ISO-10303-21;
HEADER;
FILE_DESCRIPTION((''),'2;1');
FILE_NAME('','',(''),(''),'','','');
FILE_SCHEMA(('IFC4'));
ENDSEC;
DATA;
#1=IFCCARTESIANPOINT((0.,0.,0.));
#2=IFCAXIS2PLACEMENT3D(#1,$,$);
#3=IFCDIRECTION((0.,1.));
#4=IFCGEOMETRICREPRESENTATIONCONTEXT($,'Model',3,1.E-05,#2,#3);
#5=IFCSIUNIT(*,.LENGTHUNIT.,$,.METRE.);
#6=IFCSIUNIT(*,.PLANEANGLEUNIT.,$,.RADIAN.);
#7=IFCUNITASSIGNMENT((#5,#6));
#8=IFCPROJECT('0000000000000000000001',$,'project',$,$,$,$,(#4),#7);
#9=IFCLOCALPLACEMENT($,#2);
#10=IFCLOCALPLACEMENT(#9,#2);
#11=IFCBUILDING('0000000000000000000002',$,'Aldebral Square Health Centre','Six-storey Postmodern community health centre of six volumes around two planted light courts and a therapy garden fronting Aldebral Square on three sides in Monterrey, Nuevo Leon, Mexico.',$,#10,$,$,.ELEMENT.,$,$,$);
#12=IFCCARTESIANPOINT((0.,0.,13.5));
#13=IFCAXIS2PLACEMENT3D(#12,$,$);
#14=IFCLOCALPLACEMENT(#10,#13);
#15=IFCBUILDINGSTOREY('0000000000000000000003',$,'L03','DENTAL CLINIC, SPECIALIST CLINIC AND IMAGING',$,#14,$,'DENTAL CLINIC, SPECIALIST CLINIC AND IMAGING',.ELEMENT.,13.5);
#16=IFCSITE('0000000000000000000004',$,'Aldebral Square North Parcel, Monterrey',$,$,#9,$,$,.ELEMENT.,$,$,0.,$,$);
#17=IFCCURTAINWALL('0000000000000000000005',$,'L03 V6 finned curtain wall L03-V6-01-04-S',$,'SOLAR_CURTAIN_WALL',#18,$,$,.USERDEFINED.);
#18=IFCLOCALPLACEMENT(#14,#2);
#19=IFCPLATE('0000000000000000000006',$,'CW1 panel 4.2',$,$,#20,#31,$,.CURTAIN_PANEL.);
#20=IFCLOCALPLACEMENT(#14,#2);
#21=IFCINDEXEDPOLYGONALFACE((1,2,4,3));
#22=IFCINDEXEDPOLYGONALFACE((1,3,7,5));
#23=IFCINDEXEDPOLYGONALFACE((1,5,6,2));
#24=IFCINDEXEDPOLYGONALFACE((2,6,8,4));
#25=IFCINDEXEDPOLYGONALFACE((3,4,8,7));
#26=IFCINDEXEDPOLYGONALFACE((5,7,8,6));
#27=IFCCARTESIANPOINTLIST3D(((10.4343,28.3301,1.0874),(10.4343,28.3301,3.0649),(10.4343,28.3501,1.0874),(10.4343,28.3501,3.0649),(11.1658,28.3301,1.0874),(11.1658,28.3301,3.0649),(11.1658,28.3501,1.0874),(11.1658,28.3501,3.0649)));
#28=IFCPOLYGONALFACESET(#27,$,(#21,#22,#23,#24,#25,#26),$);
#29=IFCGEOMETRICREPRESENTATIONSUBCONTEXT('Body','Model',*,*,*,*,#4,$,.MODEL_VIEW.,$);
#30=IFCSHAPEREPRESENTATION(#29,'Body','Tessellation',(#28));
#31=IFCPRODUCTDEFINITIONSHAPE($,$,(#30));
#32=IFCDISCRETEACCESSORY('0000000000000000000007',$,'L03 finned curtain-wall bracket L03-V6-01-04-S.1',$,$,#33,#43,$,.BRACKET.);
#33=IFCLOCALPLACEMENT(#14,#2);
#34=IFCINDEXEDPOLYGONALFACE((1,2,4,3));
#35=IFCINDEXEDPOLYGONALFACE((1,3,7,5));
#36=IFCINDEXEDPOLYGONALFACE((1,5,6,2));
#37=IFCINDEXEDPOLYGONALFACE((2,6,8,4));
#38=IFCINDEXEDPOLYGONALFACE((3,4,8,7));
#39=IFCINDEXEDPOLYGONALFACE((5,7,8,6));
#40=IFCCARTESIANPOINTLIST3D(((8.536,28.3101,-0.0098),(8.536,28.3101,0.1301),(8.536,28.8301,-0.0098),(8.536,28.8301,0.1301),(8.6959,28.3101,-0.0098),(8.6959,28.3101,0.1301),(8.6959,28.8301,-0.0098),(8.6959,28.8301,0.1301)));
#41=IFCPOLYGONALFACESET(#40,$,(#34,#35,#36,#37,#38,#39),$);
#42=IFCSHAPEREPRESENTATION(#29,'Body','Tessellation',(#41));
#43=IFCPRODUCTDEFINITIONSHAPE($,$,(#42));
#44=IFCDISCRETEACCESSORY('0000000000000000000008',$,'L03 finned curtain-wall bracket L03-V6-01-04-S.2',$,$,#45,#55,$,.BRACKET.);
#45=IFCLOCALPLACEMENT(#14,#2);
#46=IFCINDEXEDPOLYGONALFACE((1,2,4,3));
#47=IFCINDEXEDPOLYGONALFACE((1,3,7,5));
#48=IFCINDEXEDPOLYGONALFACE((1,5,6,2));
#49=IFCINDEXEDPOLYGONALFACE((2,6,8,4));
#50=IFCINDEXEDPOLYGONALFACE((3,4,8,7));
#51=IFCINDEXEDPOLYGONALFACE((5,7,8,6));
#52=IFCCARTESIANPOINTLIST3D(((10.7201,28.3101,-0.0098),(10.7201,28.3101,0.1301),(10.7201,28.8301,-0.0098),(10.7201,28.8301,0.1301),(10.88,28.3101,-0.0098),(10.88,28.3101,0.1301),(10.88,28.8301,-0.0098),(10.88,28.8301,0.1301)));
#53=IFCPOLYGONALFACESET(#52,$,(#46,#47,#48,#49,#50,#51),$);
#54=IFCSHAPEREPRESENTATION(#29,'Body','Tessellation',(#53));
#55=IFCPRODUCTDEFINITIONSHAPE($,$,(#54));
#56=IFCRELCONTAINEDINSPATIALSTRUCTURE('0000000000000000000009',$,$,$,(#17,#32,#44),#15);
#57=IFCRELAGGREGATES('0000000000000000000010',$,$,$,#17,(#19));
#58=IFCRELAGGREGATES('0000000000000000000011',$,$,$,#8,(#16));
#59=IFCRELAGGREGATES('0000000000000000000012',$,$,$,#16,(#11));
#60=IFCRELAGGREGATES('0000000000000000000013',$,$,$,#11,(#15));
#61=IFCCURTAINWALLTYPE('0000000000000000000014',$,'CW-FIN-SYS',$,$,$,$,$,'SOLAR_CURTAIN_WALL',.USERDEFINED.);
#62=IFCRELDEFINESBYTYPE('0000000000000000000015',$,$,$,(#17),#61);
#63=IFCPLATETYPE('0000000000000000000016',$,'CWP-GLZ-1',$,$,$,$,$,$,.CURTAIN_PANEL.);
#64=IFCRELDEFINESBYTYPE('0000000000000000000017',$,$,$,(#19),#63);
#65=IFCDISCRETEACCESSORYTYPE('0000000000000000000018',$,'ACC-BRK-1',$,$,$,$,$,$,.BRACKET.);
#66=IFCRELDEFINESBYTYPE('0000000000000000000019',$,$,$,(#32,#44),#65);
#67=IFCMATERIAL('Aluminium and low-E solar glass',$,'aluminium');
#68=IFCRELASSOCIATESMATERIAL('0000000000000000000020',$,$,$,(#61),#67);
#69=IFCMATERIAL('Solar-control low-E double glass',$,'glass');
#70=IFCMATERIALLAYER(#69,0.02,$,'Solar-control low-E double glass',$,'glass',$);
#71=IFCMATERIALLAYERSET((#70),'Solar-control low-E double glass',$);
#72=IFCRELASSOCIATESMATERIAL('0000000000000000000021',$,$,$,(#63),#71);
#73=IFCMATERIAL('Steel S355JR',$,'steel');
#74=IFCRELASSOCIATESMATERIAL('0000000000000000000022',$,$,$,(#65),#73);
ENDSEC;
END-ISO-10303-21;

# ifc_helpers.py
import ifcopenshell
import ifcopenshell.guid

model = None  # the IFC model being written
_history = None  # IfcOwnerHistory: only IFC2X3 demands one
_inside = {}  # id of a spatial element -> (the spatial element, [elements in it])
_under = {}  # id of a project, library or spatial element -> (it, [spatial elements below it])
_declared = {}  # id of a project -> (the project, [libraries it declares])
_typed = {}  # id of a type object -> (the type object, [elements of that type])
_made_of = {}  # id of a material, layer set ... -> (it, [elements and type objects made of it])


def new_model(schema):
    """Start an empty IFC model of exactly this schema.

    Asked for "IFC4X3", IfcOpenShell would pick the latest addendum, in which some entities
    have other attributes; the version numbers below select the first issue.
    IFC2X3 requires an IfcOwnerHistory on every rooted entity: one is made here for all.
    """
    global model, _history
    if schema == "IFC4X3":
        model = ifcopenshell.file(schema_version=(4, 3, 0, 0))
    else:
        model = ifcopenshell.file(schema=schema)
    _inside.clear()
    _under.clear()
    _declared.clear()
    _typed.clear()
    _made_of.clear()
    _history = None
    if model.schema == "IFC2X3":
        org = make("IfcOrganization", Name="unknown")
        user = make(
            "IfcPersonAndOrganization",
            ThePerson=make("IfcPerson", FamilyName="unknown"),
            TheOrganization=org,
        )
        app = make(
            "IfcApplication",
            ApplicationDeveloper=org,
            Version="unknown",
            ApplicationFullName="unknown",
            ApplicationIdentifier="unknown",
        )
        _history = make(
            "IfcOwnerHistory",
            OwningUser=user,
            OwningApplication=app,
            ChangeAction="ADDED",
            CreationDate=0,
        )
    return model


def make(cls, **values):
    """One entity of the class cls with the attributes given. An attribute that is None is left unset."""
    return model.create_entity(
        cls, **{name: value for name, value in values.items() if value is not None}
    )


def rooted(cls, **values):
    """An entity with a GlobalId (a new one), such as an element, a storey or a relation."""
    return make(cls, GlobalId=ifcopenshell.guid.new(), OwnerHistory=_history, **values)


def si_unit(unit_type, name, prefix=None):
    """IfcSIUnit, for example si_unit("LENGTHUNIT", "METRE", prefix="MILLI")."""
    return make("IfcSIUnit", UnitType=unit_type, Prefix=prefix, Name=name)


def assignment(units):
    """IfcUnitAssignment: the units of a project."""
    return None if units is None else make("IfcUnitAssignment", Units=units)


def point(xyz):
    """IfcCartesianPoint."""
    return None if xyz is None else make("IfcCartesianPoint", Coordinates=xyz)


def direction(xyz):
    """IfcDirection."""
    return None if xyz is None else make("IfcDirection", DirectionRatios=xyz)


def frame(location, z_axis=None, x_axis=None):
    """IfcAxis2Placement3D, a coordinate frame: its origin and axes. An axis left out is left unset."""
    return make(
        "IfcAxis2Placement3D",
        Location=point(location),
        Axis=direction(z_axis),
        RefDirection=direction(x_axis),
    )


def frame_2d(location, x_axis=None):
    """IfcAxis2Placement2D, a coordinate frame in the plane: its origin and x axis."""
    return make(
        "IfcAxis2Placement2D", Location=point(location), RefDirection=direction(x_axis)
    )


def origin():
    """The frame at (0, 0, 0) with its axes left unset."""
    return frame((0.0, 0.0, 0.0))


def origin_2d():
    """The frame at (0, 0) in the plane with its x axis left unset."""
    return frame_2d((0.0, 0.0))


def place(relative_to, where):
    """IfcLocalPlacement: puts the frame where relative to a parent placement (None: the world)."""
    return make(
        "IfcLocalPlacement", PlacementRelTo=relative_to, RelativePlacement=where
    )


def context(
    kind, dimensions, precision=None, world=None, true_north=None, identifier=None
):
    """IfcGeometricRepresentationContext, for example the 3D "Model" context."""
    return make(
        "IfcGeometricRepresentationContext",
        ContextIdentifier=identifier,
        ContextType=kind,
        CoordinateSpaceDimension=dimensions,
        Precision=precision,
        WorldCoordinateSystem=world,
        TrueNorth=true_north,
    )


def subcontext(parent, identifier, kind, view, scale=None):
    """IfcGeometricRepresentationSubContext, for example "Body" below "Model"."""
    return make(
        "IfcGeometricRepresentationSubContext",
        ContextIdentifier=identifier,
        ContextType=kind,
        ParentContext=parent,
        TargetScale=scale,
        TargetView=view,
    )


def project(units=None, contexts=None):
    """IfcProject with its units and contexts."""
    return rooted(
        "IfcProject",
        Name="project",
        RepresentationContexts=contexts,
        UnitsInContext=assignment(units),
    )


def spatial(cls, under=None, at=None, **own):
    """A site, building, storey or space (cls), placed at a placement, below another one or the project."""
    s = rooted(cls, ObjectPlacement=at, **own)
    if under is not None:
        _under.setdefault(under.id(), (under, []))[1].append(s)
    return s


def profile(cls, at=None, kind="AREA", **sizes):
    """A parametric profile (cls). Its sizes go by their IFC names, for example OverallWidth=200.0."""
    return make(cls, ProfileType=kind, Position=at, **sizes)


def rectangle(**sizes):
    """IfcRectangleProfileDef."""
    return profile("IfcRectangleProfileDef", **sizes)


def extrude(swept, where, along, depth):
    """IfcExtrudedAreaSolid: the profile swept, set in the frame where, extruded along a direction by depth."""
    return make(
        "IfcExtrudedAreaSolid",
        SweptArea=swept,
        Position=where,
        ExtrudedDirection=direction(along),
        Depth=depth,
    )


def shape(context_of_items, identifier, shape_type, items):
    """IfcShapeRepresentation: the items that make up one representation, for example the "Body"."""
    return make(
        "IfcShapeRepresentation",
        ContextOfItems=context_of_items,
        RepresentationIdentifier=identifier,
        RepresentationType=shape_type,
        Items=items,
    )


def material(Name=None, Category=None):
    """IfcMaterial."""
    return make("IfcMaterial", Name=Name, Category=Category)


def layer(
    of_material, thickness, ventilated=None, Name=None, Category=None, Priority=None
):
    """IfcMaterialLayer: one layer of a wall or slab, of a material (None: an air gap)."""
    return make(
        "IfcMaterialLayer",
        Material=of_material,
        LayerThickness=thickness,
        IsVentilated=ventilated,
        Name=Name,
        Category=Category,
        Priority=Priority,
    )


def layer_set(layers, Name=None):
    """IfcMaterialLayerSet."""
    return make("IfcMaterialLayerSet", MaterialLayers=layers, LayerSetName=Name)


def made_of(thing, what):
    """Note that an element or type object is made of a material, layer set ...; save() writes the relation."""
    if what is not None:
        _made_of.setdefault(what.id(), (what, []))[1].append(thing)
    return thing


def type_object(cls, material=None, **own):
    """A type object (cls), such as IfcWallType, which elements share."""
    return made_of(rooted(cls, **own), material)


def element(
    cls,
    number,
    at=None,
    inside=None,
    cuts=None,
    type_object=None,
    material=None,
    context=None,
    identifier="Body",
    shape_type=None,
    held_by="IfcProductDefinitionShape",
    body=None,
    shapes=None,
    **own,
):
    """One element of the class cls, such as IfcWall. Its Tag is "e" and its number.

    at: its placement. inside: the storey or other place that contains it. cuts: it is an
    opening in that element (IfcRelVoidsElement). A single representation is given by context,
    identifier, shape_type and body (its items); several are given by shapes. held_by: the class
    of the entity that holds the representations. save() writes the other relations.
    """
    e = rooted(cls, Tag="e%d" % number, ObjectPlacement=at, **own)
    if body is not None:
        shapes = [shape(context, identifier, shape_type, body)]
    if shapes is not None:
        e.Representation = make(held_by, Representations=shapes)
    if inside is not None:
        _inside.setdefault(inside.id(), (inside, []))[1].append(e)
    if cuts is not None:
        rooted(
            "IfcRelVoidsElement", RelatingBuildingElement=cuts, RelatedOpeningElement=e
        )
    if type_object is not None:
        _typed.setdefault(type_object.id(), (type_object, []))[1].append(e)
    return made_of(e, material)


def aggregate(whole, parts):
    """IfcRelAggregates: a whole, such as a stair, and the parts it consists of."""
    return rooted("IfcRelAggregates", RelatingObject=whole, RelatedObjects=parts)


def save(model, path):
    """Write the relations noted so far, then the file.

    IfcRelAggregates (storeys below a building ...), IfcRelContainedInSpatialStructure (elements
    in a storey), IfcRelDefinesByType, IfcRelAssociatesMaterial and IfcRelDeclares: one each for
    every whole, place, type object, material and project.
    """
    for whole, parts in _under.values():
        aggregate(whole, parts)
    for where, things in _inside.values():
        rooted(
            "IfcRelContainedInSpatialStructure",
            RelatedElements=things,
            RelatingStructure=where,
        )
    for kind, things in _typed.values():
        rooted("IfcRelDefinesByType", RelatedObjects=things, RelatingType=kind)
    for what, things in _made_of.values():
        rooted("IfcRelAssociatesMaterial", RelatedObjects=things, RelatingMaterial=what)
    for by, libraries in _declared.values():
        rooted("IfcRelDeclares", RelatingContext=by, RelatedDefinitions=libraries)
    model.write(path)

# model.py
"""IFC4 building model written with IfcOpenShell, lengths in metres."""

from ifc_helpers import new_model, si_unit, direction, frame, origin, origin_2d, place, context, subcontext, project, spatial, rectangle, extrude, material, layer, layer_set, type_object, element, aggregate, save


model = new_model("IFC4")

# Units and contexts
model_context = context("Model", 3, precision=1e-05, world=origin(), true_north=direction((0.0, 1.0)))
body_context = subcontext(model_context, "Body", "Model", "MODEL_VIEW")
ifc_project = project(units=[si_unit("LENGTHUNIT", "METRE"), si_unit("PLANEANGLEUNIT", "RADIAN")], contexts=[model_context])

# Site, building, storey
site_placement = place(None, origin())
site = spatial("IfcSite", under=ifc_project, at=site_placement, Name="Aldebral Square North Parcel, Monterrey", CompositionType="ELEMENT", RefElevation=0.0)
building_placement = place(site_placement, origin())
building = spatial("IfcBuilding", under=site, at=building_placement, Name="Aldebral Square Health Centre", Description="Six-storey Postmodern community health centre of six volumes around two planted light courts and a therapy garden fronting Aldebral Square on three sides in Monterrey, Nuevo Leon, Mexico.", CompositionType="ELEMENT")
storey_placement = place(building_placement, frame((0.0, 0.0, 13.5)))
storey = spatial("IfcBuildingStorey", under=building, at=storey_placement, Name="L03", Description="DENTAL CLINIC, SPECIALIST CLINIC AND IMAGING", LongName="DENTAL CLINIC, SPECIALIST CLINIC AND IMAGING", CompositionType="ELEMENT", Elevation=13.5)

# Curtain wall, plate
ifc_material_1 = material(Name="Aluminium and low-E solar glass", Category="aluminium")
curtain_wall_type = type_object("IfcCurtainWallType", Name="CW-FIN-SYS", ElementType="SOLAR_CURTAIN_WALL", PredefinedType="USERDEFINED", material=ifc_material_1)
curtain_wall_placement = place(storey_placement, origin())
curtain_wall = element("IfcCurtainWall", 1, at=curtain_wall_placement, inside=storey, type_object=curtain_wall_type, Name="L03 V6 finned curtain wall L03-V6-01-04-S", ObjectType="SOLAR_CURTAIN_WALL", PredefinedType="USERDEFINED")
ifc_material_2 = material(Name="Solar-control low-E double glass", Category="glass")
ifc_layer = layer(ifc_material_2, 0.02, Name="Solar-control low-E double glass", Category="glass")
ifc_layer_set = layer_set([ifc_layer], Name="Solar-control low-E double glass")
plate_type = type_object("IfcPlateType", Name="CWP-GLZ-1", PredefinedType="CURTAIN_PANEL", material=ifc_layer_set)
plate_1_placement = place(storey_placement, frame((10.8, 28.3401, 1.0874), z_axis=(0.0, 0.0, 1.0), x_axis=(1.0, 0.0, 0.0)))
plate_1 = element("IfcPlate", 2, at=plate_1_placement, type_object=plate_type, Name="CW1 panel 4.2", PredefinedType="CURTAIN_PANEL", context=body_context, shape_type="SweptSolid", body=[
    extrude(rectangle(XDim=0.7314, YDim=0.02, at=origin_2d()), origin(), (0.0, 0.0, 1.0), 1.9775),
])
aggregate(curtain_wall, [plate_1])

# Discrete accessories
ifc_material_3 = material(Name="Steel S355JR", Category="steel")
discrete_accessory_type = type_object("IfcDiscreteAccessoryType", Name="ACC-BRK-1", PredefinedType="BRACKET", material=ifc_material_3)
for number, where, z_axis, x_axis, name in (
    (3, (8.616, 28.5701, -0.0098), (0.0, 0.0, 1.0), (1.0, 0.0, 0.0), "L03 finned curtain-wall bracket L03-V6-01-04-S.1"),
    (4, (10.8, 28.5701, -0.0098), (0.0, 0.0, 1.0), (1.0, 0.0, 0.0), "L03 finned curtain-wall bracket L03-V6-01-04-S.2"),
):
    element("IfcDiscreteAccessory", number, at=place(storey_placement, frame(where, z_axis=z_axis, x_axis=x_axis)), inside=storey, type_object=discrete_accessory_type, Name=name, PredefinedType="BRACKET", context=body_context, shape_type="SweptSolid", body=[
        extrude(rectangle(XDim=0.1599, YDim=0.52, at=origin_2d()), origin(), (0.0, 0.0, 1.0), 0.1399),
    ])

save(model, "model.ifc")
